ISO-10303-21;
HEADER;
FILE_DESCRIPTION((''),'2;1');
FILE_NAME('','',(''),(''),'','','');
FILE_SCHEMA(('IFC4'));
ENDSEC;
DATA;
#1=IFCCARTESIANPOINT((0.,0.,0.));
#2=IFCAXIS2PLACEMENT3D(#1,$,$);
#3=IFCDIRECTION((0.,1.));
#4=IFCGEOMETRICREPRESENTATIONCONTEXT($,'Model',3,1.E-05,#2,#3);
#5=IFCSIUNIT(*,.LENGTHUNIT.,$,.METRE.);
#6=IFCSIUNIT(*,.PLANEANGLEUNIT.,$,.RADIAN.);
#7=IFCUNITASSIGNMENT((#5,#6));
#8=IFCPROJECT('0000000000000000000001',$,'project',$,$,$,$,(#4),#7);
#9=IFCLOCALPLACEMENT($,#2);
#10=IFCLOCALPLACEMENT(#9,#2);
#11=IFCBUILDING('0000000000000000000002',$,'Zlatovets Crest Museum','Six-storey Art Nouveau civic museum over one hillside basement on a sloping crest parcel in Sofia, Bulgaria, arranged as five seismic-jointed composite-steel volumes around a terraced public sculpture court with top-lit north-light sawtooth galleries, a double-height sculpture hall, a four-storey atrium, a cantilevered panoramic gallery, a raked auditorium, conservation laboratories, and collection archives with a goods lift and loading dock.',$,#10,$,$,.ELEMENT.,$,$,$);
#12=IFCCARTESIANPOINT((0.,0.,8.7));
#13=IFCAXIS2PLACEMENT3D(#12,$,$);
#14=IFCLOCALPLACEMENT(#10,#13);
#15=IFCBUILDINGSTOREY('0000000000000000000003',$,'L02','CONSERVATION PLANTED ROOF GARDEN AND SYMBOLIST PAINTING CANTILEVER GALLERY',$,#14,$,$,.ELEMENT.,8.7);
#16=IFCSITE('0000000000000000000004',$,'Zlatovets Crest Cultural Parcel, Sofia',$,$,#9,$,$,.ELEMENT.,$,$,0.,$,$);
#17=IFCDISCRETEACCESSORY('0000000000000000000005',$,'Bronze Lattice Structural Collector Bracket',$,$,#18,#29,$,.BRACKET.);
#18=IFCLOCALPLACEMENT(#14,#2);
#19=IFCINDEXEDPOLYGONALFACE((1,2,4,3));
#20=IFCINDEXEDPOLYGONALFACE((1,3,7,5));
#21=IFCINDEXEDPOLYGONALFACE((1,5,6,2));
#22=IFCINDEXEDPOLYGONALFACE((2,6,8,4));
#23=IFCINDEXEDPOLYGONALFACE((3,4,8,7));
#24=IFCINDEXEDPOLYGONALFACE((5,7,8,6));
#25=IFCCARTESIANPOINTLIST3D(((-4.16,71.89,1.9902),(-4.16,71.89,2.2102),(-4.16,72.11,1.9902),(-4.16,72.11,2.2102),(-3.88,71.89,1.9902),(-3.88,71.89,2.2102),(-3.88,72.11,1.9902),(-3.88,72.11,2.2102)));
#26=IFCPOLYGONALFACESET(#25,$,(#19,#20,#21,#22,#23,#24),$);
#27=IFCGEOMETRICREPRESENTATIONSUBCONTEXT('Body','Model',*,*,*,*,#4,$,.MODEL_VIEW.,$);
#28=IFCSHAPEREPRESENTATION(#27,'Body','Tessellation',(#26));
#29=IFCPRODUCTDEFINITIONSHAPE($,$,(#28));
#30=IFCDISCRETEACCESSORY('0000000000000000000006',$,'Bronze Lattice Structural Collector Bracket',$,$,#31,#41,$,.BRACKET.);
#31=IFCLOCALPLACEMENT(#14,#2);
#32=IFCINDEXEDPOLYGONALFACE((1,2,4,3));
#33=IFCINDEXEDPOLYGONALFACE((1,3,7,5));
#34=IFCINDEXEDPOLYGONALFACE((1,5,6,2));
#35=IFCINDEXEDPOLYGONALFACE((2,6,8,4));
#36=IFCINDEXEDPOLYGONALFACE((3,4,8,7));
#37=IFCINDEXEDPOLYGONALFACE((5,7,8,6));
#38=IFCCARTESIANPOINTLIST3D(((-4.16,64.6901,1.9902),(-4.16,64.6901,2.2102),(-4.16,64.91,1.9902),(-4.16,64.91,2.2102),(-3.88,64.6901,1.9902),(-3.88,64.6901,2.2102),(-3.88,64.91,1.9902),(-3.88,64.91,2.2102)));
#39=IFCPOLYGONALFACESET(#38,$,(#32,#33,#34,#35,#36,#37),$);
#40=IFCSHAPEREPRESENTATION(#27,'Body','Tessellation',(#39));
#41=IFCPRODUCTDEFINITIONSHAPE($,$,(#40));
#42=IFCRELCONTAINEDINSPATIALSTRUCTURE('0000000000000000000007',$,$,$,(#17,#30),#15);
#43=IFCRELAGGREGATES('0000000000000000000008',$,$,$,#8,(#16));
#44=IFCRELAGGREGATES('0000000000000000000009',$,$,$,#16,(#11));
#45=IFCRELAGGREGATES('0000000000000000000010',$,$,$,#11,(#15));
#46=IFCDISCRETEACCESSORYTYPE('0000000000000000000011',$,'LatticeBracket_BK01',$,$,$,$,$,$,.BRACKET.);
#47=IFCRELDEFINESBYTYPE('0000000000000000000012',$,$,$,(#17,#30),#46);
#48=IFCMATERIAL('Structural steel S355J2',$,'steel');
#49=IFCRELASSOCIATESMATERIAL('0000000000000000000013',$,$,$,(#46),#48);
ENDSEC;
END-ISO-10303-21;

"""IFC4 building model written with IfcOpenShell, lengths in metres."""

from ifc_helpers import new_model, si_unit, direction, frame, origin, origin_2d, place, context, subcontext, project, spatial, rectangle, extrude, material, type_object, element, save


model = new_model("IFC4")

# Units and contexts
model_context = context("Model", 3, precision=1e-05, world=origin(), true_north=direction((0.0, 1.0)))
body_context = subcontext(model_context, "Body", "Model", "MODEL_VIEW")
ifc_project = project(units=[si_unit("LENGTHUNIT", "METRE"), si_unit("PLANEANGLEUNIT", "RADIAN")], contexts=[model_context])

# Site, building, storey
site_placement = place(None, origin())
site = spatial("IfcSite", under=ifc_project, at=site_placement, Name="Zlatovets Crest Cultural Parcel, Sofia", CompositionType="ELEMENT", RefElevation=0.0)
building_placement = place(site_placement, origin())
building = spatial("IfcBuilding", under=site, at=building_placement, Name="Zlatovets Crest Museum", Description="Six-storey Art Nouveau civic museum over one hillside basement on a sloping crest parcel in Sofia, Bulgaria, arranged as five seismic-jointed composite-steel volumes around a terraced public sculpture court with top-lit north-light sawtooth galleries, a double-height sculpture hall, a four-storey atrium, a cantilevered panoramic gallery, a raked auditorium, conservation laboratories, and collection archives with a goods lift and loading dock.", CompositionType="ELEMENT")
storey_placement = place(building_placement, frame((0.0, 0.0, 8.7)))
storey = spatial("IfcBuildingStorey", under=building, at=storey_placement, Name="L02", Description="CONSERVATION PLANTED ROOF GARDEN AND SYMBOLIST PAINTING CANTILEVER GALLERY", CompositionType="ELEMENT", Elevation=8.7)

# Shared definitions
ifc_material_1 = material(Name="Structural steel S355J2", Category="steel")

# Discrete accessories
discrete_accessory_type = type_object("IfcDiscreteAccessoryType", Name="LatticeBracket_BK01", PredefinedType="BRACKET", material=ifc_material_1)
for number, where, z_axis, x_axis, name in (
    (1, (-4.02, 72.0, 1.9902), (0.0, 0.0, 1.0), (1.0, 0.0, 0.0), "Bronze Lattice Structural Collector Bracket"),
    (2, (-4.02, 64.8, 1.9902), (0.0, 0.0, 1.0), (1.0, 0.0, 0.0), "Bronze Lattice Structural Collector Bracket"),
):
    element("IfcDiscreteAccessory", number, at=place(storey_placement, frame(where, z_axis=z_axis, x_axis=x_axis)), inside=storey, type_object=discrete_accessory_type, Name=name, PredefinedType="BRACKET", context=body_context, shape_type="SweptSolid", body=[
        extrude(rectangle(XDim=0.28, YDim=0.22, at=origin_2d()), origin(), (0.0, 0.0, 1.0), 0.22),
    ])

save(model, "model.ifc")
